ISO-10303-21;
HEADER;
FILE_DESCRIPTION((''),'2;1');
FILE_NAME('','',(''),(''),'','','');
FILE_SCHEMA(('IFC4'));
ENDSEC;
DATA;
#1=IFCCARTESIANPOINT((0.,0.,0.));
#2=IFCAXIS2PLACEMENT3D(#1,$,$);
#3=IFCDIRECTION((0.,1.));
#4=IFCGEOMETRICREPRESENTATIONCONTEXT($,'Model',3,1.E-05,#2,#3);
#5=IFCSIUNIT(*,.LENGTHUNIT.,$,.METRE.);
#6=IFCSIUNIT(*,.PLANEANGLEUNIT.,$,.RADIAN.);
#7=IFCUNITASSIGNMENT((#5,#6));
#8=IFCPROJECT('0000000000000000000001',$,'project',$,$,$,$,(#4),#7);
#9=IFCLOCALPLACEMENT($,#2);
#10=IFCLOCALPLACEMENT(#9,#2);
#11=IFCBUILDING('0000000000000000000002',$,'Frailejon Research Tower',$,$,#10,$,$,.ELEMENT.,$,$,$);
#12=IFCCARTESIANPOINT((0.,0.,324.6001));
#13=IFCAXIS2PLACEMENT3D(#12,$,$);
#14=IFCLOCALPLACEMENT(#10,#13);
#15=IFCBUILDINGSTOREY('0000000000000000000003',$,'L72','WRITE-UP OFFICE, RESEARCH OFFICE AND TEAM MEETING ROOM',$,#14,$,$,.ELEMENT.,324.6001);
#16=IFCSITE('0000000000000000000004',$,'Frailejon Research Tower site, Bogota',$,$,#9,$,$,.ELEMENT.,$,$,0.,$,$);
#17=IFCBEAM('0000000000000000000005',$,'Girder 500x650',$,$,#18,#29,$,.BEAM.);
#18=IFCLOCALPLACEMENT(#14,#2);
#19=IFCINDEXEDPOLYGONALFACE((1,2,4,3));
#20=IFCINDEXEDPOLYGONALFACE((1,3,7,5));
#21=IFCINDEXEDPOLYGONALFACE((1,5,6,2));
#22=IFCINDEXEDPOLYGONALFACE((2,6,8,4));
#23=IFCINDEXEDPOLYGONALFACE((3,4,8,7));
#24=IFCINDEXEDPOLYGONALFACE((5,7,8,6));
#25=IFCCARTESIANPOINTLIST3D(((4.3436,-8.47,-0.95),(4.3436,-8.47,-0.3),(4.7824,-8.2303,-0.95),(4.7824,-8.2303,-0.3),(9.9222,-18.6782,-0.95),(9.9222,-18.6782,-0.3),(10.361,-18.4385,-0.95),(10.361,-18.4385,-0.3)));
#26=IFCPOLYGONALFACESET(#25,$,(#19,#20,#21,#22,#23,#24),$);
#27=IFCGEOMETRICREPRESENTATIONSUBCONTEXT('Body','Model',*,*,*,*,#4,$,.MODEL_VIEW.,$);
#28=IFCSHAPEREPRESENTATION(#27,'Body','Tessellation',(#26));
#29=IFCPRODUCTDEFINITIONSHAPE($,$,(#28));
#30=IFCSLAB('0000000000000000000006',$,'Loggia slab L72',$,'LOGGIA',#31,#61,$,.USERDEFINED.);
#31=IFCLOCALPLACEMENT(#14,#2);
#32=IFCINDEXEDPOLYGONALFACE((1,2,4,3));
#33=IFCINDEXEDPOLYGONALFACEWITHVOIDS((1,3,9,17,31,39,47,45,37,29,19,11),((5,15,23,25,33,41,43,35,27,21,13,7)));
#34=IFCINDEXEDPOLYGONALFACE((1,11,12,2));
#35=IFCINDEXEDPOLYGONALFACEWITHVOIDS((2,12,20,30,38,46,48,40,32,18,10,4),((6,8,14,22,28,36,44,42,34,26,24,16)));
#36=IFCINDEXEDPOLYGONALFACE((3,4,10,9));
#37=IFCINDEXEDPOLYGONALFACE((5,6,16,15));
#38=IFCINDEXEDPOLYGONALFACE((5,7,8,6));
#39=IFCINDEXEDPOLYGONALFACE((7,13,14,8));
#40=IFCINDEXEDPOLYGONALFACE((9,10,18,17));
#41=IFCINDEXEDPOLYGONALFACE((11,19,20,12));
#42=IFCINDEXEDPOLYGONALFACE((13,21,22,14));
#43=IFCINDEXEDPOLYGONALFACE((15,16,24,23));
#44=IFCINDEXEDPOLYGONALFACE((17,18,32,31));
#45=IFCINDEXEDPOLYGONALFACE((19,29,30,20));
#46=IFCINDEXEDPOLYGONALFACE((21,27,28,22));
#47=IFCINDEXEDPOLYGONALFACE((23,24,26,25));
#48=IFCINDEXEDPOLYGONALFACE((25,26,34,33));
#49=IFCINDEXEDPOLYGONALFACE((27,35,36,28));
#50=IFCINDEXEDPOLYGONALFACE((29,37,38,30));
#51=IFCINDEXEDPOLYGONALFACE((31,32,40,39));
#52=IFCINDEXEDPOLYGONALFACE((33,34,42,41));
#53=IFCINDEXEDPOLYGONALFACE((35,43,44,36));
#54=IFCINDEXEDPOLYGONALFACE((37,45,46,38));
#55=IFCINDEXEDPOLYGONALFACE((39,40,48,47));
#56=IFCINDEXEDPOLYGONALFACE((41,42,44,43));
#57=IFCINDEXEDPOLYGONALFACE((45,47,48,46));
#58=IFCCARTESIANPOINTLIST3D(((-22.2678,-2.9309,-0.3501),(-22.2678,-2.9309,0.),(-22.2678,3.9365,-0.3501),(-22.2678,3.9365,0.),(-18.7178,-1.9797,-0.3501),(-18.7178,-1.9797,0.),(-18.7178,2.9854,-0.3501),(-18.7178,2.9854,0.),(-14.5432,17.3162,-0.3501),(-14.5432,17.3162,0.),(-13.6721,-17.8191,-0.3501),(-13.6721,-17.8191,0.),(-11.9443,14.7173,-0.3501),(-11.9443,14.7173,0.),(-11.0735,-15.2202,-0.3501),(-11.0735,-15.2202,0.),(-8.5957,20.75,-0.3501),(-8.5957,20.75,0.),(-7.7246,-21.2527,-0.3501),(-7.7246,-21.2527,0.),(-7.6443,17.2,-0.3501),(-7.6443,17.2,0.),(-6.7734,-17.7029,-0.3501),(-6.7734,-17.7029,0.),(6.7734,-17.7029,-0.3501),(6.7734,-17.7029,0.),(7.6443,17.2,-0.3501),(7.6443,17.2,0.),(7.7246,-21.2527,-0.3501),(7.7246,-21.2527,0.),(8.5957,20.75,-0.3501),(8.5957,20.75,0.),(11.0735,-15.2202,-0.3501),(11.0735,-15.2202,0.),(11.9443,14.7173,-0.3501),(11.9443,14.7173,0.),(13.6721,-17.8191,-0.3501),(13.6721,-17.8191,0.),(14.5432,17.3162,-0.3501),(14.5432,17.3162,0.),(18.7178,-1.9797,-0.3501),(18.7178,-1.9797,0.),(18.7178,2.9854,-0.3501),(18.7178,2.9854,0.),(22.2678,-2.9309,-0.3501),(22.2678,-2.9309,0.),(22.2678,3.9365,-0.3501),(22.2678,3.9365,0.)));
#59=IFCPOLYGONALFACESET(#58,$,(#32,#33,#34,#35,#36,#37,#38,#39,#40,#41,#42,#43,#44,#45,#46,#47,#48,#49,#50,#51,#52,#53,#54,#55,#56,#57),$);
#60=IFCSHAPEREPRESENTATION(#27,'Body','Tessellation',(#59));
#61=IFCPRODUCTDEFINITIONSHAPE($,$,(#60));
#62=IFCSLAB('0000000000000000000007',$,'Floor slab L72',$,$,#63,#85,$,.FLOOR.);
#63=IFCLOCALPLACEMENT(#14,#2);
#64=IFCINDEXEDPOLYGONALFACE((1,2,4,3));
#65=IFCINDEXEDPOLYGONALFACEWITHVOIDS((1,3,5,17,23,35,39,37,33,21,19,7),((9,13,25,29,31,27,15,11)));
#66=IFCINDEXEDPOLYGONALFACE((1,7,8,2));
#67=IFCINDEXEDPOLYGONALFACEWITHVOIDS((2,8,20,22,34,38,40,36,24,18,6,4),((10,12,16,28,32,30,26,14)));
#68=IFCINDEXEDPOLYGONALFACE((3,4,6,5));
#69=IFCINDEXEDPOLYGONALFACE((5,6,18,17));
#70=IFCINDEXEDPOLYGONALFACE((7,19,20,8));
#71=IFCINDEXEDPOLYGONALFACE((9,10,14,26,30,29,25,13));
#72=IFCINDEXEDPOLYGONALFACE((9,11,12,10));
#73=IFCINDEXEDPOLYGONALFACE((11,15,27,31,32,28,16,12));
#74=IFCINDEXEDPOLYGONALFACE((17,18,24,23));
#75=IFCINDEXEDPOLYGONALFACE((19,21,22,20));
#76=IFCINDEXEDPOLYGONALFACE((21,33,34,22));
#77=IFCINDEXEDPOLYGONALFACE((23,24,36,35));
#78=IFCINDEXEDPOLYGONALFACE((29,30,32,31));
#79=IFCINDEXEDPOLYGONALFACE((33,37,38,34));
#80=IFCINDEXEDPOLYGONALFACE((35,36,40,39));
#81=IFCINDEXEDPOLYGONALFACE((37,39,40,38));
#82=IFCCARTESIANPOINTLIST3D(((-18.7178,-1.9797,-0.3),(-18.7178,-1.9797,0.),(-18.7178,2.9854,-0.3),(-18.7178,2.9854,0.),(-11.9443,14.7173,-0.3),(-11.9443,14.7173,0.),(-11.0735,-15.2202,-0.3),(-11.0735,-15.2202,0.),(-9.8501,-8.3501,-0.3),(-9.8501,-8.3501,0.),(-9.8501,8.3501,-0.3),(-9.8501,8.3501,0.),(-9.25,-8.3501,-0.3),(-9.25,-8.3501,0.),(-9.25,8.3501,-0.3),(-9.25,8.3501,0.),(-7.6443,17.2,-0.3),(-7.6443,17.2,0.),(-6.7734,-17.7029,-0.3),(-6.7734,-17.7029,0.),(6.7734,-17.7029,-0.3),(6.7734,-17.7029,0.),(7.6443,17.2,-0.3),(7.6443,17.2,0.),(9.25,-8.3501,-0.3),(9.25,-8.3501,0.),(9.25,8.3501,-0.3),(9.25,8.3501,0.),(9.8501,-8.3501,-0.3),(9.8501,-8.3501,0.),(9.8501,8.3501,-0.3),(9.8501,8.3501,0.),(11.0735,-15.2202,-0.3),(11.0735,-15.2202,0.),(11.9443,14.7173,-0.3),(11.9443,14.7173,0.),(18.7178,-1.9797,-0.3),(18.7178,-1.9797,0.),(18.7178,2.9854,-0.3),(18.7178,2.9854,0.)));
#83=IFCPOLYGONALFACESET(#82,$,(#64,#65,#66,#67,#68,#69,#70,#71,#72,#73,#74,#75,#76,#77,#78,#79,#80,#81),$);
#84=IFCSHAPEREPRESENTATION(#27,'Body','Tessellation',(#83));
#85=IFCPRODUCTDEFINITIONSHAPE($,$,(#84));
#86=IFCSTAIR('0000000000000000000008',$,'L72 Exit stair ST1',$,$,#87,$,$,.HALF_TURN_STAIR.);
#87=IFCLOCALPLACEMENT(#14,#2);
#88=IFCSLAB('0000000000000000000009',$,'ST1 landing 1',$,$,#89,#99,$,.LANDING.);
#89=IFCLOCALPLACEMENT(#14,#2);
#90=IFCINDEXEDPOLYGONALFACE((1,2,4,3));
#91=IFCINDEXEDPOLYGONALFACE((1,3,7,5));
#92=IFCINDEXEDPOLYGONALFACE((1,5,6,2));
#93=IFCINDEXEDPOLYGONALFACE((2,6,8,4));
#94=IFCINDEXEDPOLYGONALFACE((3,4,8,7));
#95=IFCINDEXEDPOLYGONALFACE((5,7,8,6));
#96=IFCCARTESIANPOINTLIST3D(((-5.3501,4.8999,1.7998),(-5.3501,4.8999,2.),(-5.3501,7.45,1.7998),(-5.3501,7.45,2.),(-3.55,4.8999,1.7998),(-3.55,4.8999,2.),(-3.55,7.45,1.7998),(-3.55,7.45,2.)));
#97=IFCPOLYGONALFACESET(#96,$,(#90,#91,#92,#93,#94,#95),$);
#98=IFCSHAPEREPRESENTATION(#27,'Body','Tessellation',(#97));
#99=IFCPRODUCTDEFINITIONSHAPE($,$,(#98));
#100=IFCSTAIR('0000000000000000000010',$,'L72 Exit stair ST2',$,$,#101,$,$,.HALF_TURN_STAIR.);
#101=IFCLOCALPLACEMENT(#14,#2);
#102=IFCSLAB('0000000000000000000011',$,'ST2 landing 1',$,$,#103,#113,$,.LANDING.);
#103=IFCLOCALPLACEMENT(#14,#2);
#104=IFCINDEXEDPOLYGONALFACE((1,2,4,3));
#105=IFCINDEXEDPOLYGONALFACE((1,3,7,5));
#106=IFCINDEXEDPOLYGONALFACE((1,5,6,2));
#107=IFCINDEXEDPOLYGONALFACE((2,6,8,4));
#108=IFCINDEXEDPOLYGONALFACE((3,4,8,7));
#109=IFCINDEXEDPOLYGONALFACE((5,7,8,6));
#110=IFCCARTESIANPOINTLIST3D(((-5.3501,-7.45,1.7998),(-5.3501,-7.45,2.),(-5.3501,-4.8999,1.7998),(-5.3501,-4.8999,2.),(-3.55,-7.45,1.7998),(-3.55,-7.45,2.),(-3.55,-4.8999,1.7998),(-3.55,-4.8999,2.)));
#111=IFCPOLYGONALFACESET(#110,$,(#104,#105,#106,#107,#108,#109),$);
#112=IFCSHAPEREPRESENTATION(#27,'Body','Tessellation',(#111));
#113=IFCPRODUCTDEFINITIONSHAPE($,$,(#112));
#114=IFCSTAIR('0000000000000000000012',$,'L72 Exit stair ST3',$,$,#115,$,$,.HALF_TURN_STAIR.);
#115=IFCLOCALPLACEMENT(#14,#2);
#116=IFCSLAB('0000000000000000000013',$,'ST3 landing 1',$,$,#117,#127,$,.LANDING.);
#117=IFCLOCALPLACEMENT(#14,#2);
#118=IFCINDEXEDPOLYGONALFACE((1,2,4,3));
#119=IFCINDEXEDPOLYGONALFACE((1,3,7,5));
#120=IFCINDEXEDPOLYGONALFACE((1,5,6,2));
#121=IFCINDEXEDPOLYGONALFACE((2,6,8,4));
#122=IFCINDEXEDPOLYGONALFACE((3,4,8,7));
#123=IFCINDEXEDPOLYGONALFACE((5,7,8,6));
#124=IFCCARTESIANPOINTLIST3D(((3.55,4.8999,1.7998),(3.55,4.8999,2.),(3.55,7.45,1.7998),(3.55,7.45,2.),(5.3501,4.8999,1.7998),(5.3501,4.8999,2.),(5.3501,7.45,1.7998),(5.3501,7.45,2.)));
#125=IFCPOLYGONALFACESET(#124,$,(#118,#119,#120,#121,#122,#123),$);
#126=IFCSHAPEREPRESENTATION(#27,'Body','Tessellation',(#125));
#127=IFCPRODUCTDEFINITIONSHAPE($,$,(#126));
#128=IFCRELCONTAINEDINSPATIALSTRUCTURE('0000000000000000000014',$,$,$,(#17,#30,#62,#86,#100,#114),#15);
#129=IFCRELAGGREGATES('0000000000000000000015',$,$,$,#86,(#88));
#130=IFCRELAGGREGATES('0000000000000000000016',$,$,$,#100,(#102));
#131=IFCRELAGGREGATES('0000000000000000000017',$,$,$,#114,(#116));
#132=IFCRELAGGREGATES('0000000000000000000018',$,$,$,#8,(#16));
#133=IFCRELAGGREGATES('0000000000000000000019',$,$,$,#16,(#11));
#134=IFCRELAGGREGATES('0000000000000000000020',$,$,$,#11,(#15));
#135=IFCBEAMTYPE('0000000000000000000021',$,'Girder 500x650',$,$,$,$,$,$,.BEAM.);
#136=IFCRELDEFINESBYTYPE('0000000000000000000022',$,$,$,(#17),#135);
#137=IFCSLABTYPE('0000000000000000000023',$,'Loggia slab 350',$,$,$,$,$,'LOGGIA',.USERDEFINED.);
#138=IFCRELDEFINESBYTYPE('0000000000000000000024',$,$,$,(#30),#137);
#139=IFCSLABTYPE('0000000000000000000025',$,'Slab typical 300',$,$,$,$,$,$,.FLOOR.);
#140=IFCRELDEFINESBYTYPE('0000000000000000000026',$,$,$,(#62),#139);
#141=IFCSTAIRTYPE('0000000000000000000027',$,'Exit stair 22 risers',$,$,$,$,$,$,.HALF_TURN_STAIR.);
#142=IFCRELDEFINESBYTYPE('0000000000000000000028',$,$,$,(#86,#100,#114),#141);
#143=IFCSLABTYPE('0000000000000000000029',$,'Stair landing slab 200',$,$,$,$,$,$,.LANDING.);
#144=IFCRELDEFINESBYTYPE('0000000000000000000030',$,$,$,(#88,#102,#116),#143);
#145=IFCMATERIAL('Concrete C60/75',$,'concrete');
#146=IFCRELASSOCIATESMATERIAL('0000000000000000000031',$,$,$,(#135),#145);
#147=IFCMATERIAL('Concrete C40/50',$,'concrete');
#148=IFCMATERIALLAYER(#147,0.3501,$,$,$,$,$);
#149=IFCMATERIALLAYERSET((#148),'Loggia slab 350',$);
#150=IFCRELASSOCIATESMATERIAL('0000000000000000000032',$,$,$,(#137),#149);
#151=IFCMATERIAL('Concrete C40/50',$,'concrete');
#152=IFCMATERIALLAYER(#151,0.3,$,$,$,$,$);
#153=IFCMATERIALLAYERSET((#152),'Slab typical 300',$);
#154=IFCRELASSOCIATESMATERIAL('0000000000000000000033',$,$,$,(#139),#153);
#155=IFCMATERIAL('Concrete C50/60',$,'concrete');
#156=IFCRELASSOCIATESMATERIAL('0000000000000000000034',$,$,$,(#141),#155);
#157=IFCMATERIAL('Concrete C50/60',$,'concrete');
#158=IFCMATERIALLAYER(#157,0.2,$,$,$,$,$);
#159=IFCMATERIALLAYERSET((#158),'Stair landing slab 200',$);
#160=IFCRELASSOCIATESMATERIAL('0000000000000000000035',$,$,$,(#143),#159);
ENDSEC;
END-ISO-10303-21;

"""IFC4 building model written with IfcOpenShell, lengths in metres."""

from ifc_helpers import new_model, si_unit, direction, frame, origin, origin_2d, place, context, subcontext, project, spatial, polyline, rectangle, outline, extrude, material, layer, layer_set, material_profile, profile_set, type_object, element, aggregate, save


model = new_model("IFC4")

# Units and contexts
model_context = context("Model", 3, precision=1e-05, world=origin(), true_north=direction((0.0, 1.0)))
body_context = subcontext(model_context, "Body", "Model", "MODEL_VIEW")
ifc_project = project(units=[si_unit("LENGTHUNIT", "METRE"), si_unit("PLANEANGLEUNIT", "RADIAN")], contexts=[model_context])

# Site, building, storey
site_placement = place(None, origin())
site = spatial("IfcSite", under=ifc_project, at=site_placement, Name="Frailejon Research Tower site, Bogota", CompositionType="ELEMENT", RefElevation=0.0)
building_placement = place(site_placement, origin())
building = spatial("IfcBuilding", under=site, at=building_placement, Name="Frailejon Research Tower", CompositionType="ELEMENT")
storey_placement = place(building_placement, frame((0.0, 0.0, 324.6001)))
storey = spatial("IfcBuildingStorey", under=building, at=storey_placement, Name="L72", Description="WRITE-UP OFFICE, RESEARCH OFFICE AND TEAM MEETING ROOM", CompositionType="ELEMENT", Elevation=324.6001)

# Beam
ifc_material_1 = material(Name="Concrete C60/75", Category="concrete")
ifc_material_profile = material_profile(ifc_material_1, rectangle(XDim=0.5, YDim=0.6499, at=origin_2d()), Name="Girder 500x650")
ifc_profile_set = profile_set([ifc_material_profile], Name="Concrete C60/75")
beam_type = type_object("IfcBeamType", Name="Girder 500x650", PredefinedType="BEAM", material=ifc_profile_set)
beam_placement = place(storey_placement, frame((10.1416, -18.5583, -0.625), z_axis=(-0.479546, 0.877517, 0.0), x_axis=(-0.877517, -0.479546, 0.0)))
element("IfcBeam", 1, at=beam_placement, inside=storey, type_object=beam_type, Name="Girder 500x650", PredefinedType="BEAM", context=body_context, shape_type="SweptSolid", body=[
    extrude(rectangle(XDim=0.5, YDim=0.6499, at=origin_2d()), origin(), (0.0, 0.0, 1.0), 11.6331),
])

# Slabs
ifc_material_2 = material(Name="Concrete C40/50", Category="concrete")
ifc_layer_1 = layer(ifc_material_2, 0.3501)
ifc_layer_set_1 = layer_set([ifc_layer_1], Name="Loggia slab 350")
slab_type_1 = type_object("IfcSlabType", Name="Loggia slab 350", ElementType="LOGGIA", PredefinedType="USERDEFINED", material=ifc_layer_set_1)
slab_1_placement = place(storey_placement, frame((0.0, 0.0, -0.3501)))
element("IfcSlab", 2, at=slab_1_placement, inside=storey, type_object=slab_type_1, Name="Loggia slab L72", ObjectType="LOGGIA", PredefinedType="USERDEFINED", context=body_context, shape_type="SweptSolid", body=[
    extrude(outline(polyline([(13.6721, -17.8191), (7.7246, -21.2527), (-7.7246, -21.2527), (-13.6721, -17.8191), (-22.2678, -2.9309), (-22.2678, 3.9365), (-14.5432, 17.3162), (-8.5957, 20.75), (8.5957, 20.75), (14.5432, 17.3162), (22.2678, 3.9365), (22.2678, -2.9309), (13.6721, -17.8191)]), holes=[polyline([(18.7178, 2.9854), (11.9443, 14.7173), (7.6443, 17.2), (-7.6443, 17.2), (-11.9443, 14.7173), (-18.7178, 2.9854), (-18.7178, -1.9797), (-11.0735, -15.2202), (-6.7734, -17.7029), (6.7734, -17.7029), (11.0735, -15.2202), (18.7178, -1.9797), (18.7178, 2.9854)])]), origin(), (0.0, 0.0, 1.0), 0.3501),
])
ifc_material_3 = material(Name="Concrete C40/50", Category="concrete")
ifc_layer_2 = layer(ifc_material_3, 0.3)
ifc_layer_set_2 = layer_set([ifc_layer_2], Name="Slab typical 300")
slab_type_2 = type_object("IfcSlabType", Name="Slab typical 300", PredefinedType="FLOOR", material=ifc_layer_set_2)
slab_2_placement = place(storey_placement, frame((0.0, 0.0, -0.3)))
element("IfcSlab", 3, at=slab_2_placement, inside=storey, type_object=slab_type_2, Name="Floor slab L72", PredefinedType="FLOOR", context=body_context, shape_type="SweptSolid", body=[
    extrude(outline(polyline([(18.7178, -1.9797), (18.7178, 2.9854), (11.9443, 14.7173), (7.6443, 17.2), (-7.6443, 17.2), (-11.9443, 14.7173), (-18.7178, 2.9854), (-18.7178, -1.9797), (-11.0735, -15.2202), (-6.7734, -17.7029), (6.7734, -17.7029), (11.0735, -15.2202), (18.7178, -1.9797)]), holes=[polyline([(9.25, 8.3501), (9.8501, 8.3501), (9.8501, -8.3501), (9.25, -8.3501), (-9.25, -8.3501), (-9.8501, -8.3501), (-9.8501, 8.3501), (-9.25, 8.3501), (9.25, 8.3501)])]), origin(), (0.0, 0.0, 1.0), 0.3),
])

# Stairs, slabs
ifc_material_4 = material(Name="Concrete C50/60", Category="concrete")
stair_type = type_object("IfcStairType", Name="Exit stair 22 risers", PredefinedType="HALF_TURN_STAIR", material=ifc_material_4)
stair_1_placement = place(storey_placement, origin())
stair_1 = element("IfcStair", 4, at=stair_1_placement, inside=storey, type_object=stair_type, Name="L72 Exit stair ST1", PredefinedType="HALF_TURN_STAIR")
ifc_material_5 = material(Name="Concrete C50/60", Category="concrete")
ifc_layer_3 = layer(ifc_material_5, 0.2)
ifc_layer_set_3 = layer_set([ifc_layer_3], Name="Stair landing slab 200")
slab_type_3 = type_object("IfcSlabType", Name="Stair landing slab 200", PredefinedType="LANDING", material=ifc_layer_set_3)
slab_3_placement = place(storey_placement, frame((0.0, 0.0, 1.7998)))
slab_3 = element("IfcSlab", 5, at=slab_3_placement, type_object=slab_type_3, Name="ST1 landing 1", PredefinedType="LANDING", context=body_context, shape_type="SweptSolid", body=[
    extrude(outline(polyline([(-5.3501, 4.8999), (-3.55, 4.8999), (-3.55, 7.45), (-5.3501, 7.45), (-5.3501, 4.8999)])), origin(), (0.0, 0.0, 1.0), 0.2002),
])
aggregate(stair_1, [slab_3])
stair_2_placement = place(storey_placement, origin())
stair_2 = element("IfcStair", 6, at=stair_2_placement, inside=storey, type_object=stair_type, Name="L72 Exit stair ST2", PredefinedType="HALF_TURN_STAIR")
slab_4_placement = place(storey_placement, frame((0.0, 0.0, 1.7998)))
slab_4 = element("IfcSlab", 7, at=slab_4_placement, type_object=slab_type_3, Name="ST2 landing 1", PredefinedType="LANDING", context=body_context, shape_type="SweptSolid", body=[
    extrude(outline(polyline([(-5.3501, -7.45), (-3.55, -7.45), (-3.55, -4.8999), (-5.3501, -4.8999), (-5.3501, -7.45)])), origin(), (0.0, 0.0, 1.0), 0.2002),
])
aggregate(stair_2, [slab_4])
stair_3_placement = place(storey_placement, origin())
stair_3 = element("IfcStair", 8, at=stair_3_placement, inside=storey, type_object=stair_type, Name="L72 Exit stair ST3", PredefinedType="HALF_TURN_STAIR")
slab_5_placement = place(storey_placement, frame((0.0, 0.0, 1.7998)))
slab_5 = element("IfcSlab", 9, at=slab_5_placement, type_object=slab_type_3, Name="ST3 landing 1", PredefinedType="LANDING", context=body_context, shape_type="SweptSolid", body=[
    extrude(outline(polyline([(5.3501, 7.45), (3.55, 7.45), (3.55, 4.8999), (5.3501, 4.8999), (5.3501, 7.45)])), origin(), (0.0, 0.0, 1.0), 0.2002),
])
aggregate(stair_3, [slab_5])

save(model, "model.ifc")
